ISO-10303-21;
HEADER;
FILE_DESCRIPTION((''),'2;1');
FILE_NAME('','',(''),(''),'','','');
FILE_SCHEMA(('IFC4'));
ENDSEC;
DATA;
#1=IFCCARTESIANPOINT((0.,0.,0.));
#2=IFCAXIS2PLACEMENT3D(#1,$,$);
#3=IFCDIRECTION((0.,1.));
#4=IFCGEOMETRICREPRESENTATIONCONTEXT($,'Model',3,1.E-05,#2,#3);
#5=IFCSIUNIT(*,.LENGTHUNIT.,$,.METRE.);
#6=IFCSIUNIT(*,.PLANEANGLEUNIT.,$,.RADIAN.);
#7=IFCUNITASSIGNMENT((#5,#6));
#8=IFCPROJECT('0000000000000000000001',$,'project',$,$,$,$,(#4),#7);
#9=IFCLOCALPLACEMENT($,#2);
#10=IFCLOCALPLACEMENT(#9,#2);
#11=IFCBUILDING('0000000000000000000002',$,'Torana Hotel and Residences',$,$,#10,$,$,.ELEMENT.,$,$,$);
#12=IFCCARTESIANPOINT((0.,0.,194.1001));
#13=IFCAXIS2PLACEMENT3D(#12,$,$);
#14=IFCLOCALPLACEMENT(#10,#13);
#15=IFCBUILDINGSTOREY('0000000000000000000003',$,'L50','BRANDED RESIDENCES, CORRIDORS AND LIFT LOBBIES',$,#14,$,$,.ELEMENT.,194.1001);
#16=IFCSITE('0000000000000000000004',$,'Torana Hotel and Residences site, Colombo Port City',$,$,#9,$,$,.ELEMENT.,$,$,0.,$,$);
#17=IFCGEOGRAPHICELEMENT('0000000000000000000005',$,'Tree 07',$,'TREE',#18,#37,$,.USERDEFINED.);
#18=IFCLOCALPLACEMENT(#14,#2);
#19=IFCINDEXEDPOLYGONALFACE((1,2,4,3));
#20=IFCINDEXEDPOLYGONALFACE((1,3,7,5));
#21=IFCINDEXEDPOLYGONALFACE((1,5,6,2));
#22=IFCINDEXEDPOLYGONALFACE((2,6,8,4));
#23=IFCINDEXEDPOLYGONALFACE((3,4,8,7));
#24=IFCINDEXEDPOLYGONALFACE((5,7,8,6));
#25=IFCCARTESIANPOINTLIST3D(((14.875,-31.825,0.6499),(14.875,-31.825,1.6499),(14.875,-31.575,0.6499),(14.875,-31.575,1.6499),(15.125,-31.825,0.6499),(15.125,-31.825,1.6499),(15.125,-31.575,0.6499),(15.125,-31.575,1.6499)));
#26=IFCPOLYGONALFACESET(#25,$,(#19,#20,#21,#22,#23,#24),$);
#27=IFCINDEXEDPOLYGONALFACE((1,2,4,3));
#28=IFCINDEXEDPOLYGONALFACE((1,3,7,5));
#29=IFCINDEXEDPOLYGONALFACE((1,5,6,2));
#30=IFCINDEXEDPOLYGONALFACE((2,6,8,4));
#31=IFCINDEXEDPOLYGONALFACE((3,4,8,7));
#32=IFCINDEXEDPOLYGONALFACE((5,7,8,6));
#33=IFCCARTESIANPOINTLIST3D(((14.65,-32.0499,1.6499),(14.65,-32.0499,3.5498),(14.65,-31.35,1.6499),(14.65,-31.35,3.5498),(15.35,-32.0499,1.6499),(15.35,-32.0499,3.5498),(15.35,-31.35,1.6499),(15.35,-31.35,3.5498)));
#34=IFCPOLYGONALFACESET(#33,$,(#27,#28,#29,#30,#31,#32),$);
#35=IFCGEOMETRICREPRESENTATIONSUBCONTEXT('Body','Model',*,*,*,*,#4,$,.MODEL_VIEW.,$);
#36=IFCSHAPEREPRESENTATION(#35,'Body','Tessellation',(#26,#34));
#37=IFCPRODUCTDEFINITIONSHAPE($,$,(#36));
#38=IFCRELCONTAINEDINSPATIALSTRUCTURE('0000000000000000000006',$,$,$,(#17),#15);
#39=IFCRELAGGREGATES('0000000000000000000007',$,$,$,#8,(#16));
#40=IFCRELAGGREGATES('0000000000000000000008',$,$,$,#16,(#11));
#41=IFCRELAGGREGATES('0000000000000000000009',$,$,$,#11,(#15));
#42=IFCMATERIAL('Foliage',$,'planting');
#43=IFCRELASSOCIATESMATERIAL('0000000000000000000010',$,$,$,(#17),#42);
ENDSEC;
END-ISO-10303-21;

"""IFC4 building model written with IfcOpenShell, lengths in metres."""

from ifc_helpers import new_model, si_unit, direction, frame, origin, origin_2d, place, context, subcontext, project, spatial, rectangle, extrude, material, element, save


model = new_model("IFC4")

# Units and contexts
model_context = context("Model", 3, precision=1e-05, world=origin(), true_north=direction((0.0, 1.0)))
body_context = subcontext(model_context, "Body", "Model", "MODEL_VIEW")
ifc_project = project(units=[si_unit("LENGTHUNIT", "METRE"), si_unit("PLANEANGLEUNIT", "RADIAN")], contexts=[model_context])

# Site, building, storey
site_placement = place(None, origin())
site = spatial("IfcSite", under=ifc_project, at=site_placement, Name="Torana Hotel and Residences site, Colombo Port City", CompositionType="ELEMENT", RefElevation=0.0)
building_placement = place(site_placement, origin())
building = spatial("IfcBuilding", under=site, at=building_placement, Name="Torana Hotel and Residences", CompositionType="ELEMENT")
storey_placement = place(building_placement, frame((0.0, 0.0, 194.1001)))
storey = spatial("IfcBuildingStorey", under=building, at=storey_placement, Name="L50", Description="BRANDED RESIDENCES, CORRIDORS AND LIFT LOBBIES", CompositionType="ELEMENT", Elevation=194.1001)

# Geographic element
ifc_material_1 = material(Name="Foliage", Category="planting")
geographic_element_placement = place(storey_placement, frame((15.0, -31.7, 0.6499), z_axis=(0.0, 0.0, 1.0), x_axis=(1.0, 0.0, 0.0)))
element("IfcGeographicElement", 1, at=geographic_element_placement, inside=storey, material=ifc_material_1, Name="Tree 07", ObjectType="TREE", PredefinedType="USERDEFINED", context=body_context, shape_type="SweptSolid", body=[
    extrude(rectangle(XDim=0.25, YDim=0.25, at=origin_2d()), origin(), (0.0, 0.0, 1.0), 1.0),
    extrude(rectangle(XDim=0.7, YDim=0.7, at=origin_2d()), frame((0.0, 0.0, 1.0)), (0.0, 0.0, 1.0), 1.8999),
])

save(model, "model.ifc")
